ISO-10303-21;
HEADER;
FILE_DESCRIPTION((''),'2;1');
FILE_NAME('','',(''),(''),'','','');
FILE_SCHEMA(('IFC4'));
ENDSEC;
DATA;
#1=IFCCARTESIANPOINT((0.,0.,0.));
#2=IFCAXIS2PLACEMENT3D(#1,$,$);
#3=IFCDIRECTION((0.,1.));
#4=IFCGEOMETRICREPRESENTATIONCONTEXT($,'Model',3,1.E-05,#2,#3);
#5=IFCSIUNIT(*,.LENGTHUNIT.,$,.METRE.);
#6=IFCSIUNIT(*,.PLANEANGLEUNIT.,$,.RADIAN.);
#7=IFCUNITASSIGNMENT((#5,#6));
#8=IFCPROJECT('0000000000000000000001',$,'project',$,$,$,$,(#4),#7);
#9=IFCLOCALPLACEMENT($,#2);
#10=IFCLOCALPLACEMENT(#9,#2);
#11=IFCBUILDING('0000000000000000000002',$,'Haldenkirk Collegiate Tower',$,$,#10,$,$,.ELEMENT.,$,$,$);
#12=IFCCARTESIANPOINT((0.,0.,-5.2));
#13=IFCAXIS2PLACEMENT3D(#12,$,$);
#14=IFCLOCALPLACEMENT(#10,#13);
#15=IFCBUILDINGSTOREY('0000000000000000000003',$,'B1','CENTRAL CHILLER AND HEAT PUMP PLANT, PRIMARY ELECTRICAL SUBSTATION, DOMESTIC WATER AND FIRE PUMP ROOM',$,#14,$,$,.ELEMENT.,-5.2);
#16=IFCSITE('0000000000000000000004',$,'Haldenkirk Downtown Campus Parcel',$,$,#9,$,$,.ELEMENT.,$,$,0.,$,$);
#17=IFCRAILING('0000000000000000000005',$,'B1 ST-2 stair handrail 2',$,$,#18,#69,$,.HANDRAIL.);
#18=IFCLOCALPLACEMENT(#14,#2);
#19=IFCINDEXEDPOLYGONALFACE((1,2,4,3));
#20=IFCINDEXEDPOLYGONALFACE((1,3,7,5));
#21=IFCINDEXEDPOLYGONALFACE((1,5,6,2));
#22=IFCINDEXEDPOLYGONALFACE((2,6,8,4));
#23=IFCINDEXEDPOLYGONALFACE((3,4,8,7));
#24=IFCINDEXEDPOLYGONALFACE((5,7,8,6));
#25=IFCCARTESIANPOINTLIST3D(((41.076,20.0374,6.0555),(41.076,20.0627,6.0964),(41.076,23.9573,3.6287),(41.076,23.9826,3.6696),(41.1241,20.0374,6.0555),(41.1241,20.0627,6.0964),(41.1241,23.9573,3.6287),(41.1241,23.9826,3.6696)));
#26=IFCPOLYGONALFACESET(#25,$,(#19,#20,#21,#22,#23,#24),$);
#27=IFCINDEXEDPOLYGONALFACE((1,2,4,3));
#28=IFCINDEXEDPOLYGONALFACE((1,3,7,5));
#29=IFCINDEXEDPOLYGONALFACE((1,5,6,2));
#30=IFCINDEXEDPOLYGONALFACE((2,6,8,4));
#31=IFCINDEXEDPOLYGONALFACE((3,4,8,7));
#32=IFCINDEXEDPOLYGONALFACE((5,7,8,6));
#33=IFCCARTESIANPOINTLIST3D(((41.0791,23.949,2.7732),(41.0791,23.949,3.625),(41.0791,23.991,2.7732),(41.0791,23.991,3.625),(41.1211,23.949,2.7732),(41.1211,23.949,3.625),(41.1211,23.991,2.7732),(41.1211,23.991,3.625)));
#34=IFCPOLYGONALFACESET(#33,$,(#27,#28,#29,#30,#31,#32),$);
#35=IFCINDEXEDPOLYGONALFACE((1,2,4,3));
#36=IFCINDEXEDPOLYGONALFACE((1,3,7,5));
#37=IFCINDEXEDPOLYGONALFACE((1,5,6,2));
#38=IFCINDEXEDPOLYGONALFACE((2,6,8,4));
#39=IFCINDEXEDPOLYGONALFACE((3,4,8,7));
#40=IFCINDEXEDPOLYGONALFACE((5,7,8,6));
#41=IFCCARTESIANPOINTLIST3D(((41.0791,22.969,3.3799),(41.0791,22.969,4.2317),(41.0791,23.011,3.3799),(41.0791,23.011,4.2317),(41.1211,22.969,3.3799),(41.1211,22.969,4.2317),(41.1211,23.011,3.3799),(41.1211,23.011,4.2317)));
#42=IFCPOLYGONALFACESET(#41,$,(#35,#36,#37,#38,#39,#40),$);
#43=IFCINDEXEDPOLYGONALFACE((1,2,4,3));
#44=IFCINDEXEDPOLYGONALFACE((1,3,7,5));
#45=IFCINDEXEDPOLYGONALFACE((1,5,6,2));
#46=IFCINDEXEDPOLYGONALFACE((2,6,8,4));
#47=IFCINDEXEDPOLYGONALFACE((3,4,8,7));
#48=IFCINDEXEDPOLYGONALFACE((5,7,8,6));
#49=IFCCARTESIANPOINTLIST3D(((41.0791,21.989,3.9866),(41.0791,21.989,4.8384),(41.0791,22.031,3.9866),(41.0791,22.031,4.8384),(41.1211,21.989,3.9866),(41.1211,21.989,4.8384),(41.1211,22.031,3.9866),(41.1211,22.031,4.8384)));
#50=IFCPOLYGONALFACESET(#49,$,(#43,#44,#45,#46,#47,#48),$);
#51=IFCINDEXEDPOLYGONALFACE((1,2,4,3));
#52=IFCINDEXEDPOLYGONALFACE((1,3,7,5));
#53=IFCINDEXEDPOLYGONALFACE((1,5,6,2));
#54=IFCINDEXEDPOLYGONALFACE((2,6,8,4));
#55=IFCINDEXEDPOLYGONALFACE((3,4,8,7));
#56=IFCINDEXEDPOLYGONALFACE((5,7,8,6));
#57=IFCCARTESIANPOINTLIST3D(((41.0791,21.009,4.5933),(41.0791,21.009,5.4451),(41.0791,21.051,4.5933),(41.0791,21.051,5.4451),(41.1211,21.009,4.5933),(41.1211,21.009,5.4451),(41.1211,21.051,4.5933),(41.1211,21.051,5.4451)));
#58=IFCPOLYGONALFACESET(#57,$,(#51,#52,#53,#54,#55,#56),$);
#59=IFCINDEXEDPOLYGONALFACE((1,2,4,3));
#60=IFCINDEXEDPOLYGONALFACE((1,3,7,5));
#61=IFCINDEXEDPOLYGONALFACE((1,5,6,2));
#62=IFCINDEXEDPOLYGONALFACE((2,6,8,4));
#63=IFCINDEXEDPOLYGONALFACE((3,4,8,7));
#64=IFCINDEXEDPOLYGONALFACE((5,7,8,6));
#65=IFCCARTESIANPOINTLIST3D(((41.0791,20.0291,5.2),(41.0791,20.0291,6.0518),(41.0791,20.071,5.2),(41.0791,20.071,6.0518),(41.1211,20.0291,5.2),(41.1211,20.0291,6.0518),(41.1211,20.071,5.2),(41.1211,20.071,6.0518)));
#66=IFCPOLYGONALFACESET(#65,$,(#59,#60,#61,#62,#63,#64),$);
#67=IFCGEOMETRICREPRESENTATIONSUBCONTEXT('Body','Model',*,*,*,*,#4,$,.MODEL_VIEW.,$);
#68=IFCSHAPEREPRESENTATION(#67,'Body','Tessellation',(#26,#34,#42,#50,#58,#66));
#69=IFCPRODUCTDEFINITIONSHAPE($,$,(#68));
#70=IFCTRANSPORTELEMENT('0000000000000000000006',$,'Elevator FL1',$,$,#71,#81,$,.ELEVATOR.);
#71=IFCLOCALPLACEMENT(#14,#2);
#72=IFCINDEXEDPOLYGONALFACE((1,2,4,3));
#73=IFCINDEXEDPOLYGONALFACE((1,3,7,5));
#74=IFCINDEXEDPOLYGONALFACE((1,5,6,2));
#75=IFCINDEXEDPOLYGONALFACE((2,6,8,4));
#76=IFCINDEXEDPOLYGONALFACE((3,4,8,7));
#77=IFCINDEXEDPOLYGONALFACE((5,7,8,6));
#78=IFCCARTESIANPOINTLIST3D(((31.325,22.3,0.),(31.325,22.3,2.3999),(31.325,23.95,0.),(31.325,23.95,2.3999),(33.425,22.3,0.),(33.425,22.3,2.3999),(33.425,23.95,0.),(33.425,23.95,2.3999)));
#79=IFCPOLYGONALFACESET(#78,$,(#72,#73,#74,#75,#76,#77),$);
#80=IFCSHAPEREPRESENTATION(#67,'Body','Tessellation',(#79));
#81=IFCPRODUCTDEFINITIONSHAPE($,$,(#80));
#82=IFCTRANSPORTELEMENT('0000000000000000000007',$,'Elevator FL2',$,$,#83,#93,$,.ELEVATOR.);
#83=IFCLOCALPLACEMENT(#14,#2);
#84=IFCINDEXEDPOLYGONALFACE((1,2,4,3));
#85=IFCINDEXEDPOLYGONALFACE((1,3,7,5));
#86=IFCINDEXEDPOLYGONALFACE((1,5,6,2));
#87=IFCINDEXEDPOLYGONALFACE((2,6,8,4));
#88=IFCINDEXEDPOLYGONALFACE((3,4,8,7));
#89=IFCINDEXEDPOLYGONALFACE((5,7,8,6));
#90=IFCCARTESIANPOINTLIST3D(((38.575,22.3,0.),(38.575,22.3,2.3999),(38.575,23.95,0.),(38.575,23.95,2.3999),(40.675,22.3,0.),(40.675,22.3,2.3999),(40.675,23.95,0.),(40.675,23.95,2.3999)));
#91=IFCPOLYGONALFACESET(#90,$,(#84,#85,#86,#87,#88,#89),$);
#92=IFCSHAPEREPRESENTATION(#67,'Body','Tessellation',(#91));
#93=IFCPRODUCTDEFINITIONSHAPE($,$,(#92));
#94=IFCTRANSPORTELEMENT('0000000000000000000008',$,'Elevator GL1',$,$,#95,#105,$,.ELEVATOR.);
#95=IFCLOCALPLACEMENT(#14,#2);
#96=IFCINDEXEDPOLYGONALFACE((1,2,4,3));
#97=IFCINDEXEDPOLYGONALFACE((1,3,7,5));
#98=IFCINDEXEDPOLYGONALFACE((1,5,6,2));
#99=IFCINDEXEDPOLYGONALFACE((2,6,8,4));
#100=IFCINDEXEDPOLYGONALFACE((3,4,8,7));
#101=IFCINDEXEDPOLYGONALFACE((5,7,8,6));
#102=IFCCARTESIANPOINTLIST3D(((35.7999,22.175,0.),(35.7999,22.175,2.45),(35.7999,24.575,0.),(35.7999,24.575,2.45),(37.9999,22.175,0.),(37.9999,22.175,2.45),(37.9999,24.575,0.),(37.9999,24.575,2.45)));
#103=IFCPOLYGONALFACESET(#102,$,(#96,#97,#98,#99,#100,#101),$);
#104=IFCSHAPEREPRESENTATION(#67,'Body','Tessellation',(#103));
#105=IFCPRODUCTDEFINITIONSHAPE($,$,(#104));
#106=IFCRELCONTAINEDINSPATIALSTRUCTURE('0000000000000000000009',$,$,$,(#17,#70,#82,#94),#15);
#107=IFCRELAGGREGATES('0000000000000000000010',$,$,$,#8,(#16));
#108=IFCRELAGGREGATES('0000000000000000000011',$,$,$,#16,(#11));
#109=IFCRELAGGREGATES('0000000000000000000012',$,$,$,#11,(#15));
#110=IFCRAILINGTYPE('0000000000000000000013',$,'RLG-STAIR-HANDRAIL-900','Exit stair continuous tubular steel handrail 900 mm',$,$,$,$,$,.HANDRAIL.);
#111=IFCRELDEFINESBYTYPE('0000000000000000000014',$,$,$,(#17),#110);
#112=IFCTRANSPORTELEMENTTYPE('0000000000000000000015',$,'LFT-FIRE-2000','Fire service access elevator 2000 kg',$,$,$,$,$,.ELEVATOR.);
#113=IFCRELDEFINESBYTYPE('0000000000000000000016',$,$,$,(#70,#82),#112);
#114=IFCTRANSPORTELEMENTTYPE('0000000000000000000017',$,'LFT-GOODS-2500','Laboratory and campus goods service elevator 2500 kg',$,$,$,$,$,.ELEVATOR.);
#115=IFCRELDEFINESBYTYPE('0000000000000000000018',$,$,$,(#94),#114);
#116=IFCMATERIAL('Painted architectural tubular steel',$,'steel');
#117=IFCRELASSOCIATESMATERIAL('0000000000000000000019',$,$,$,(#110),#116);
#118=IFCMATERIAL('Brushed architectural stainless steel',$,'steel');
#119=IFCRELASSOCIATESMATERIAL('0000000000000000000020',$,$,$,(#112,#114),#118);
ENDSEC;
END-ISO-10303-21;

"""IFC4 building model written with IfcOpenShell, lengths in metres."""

from ifc_helpers import new_model, si_unit, direction, frame, origin, origin_2d, place, context, subcontext, project, spatial, rectangle, extrude, material, type_object, element, save


model = new_model("IFC4")

# Units and contexts
model_context = context("Model", 3, precision=1e-05, world=origin(), true_north=direction((0.0, 1.0)))
body_context = subcontext(model_context, "Body", "Model", "MODEL_VIEW")
ifc_project = project(units=[si_unit("LENGTHUNIT", "METRE"), si_unit("PLANEANGLEUNIT", "RADIAN")], contexts=[model_context])

# Site, building, storey
site_placement = place(None, origin())
site = spatial("IfcSite", under=ifc_project, at=site_placement, Name="Haldenkirk Downtown Campus Parcel", CompositionType="ELEMENT", RefElevation=0.0)
building_placement = place(site_placement, origin())
building = spatial("IfcBuilding", under=site, at=building_placement, Name="Haldenkirk Collegiate Tower", CompositionType="ELEMENT")
storey_placement = place(building_placement, frame((0.0, 0.0, -5.2)))
storey = spatial("IfcBuildingStorey", under=building, at=storey_placement, Name="B1", Description="CENTRAL CHILLER AND HEAT PUMP PLANT, PRIMARY ELECTRICAL SUBSTATION, DOMESTIC WATER AND FIRE PUMP ROOM", CompositionType="ELEMENT", Elevation=-5.2)

# Shared definitions
ifc_material_1 = material(Name="Brushed architectural stainless steel", Category="steel")

# Railing
ifc_material_2 = material(Name="Painted architectural tubular steel", Category="steel")
railing_type_1 = type_object("IfcRailingType", Name="RLG-STAIR-HANDRAIL-900", Description="Exit stair continuous tubular steel handrail 900 mm", PredefinedType="HANDRAIL", material=ifc_material_2)
railing_1_placement = place(storey_placement, frame((41.1001, 23.97, 2.7732)))
element("IfcRailing", 1, at=railing_1_placement, inside=storey, type_object=railing_type_1, Name="B1 ST-2 stair handrail 2", PredefinedType="HANDRAIL", context=body_context, shape_type="SweptSolid", body=[
    extrude(rectangle(XDim=0.0481, YDim=0.0481, at=origin_2d()), frame((0.0, 0.0, 0.876), z_axis=(0.0, -0.850252, 0.526376), x_axis=(1.0, 0.0, 0.0)), (0.0, 0.0, 1.0), 4.6104),
    extrude(rectangle(XDim=0.042, YDim=0.042, at=origin_2d()), origin(), (0.0, 0.0, 1.0), 0.8518),
    extrude(rectangle(XDim=0.042, YDim=0.042, at=origin_2d()), frame((0.0, -0.98, 0.6067)), (0.0, 0.0, 1.0), 0.8518),
    extrude(rectangle(XDim=0.042, YDim=0.042, at=origin_2d()), frame((0.0, -1.96, 1.2134)), (0.0, 0.0, 1.0), 0.8518),
    extrude(rectangle(XDim=0.042, YDim=0.042, at=origin_2d()), frame((0.0, -2.9399, 1.8201)), (0.0, 0.0, 1.0), 0.8518),
    extrude(rectangle(XDim=0.042, YDim=0.042, at=origin_2d()), frame((0.0, -3.9199, 2.4268)), (0.0, 0.0, 1.0), 0.8518),
])

# Transport elements
transport_element_type_1 = type_object("IfcTransportElementType", Name="LFT-FIRE-2000", Description="Fire service access elevator 2000 kg", PredefinedType="ELEVATOR", material=ifc_material_1)
for number, where, z_axis, x_axis, name in (
    (2, (32.375, 23.125, 0.0), (0.0, 0.0, 1.0), (1.0, 0.0, 0.0), "Elevator FL1"),
    (3, (39.625, 23.125, 0.0), (0.0, 0.0, 1.0), (1.0, 0.0, 0.0), "Elevator FL2"),
):
    element("IfcTransportElement", number, at=place(storey_placement, frame(where, z_axis=z_axis, x_axis=x_axis)), inside=storey, type_object=transport_element_type_1, Name=name, PredefinedType="ELEVATOR", context=body_context, shape_type="SweptSolid", body=[
        extrude(rectangle(XDim=2.1001, YDim=1.6499, at=origin_2d()), origin(), (0.0, 0.0, 1.0), 2.3999),
    ])
transport_element_type_2 = type_object("IfcTransportElementType", Name="LFT-GOODS-2500", Description="Laboratory and campus goods service elevator 2500 kg", PredefinedType="ELEVATOR", material=ifc_material_1)
transport_element_placement = place(storey_placement, frame((36.8999, 23.375, 0.0), z_axis=(0.0, 0.0, 1.0), x_axis=(1.0, 0.0, 0.0)))
element("IfcTransportElement", 4, at=transport_element_placement, inside=storey, type_object=transport_element_type_2, Name="Elevator GL1", PredefinedType="ELEVATOR", context=body_context, shape_type="SweptSolid", body=[
    extrude(rectangle(XDim=2.2, YDim=2.3999, at=origin_2d()), origin(), (0.0, 0.0, 1.0), 2.45),
])

save(model, "model.ifc")
